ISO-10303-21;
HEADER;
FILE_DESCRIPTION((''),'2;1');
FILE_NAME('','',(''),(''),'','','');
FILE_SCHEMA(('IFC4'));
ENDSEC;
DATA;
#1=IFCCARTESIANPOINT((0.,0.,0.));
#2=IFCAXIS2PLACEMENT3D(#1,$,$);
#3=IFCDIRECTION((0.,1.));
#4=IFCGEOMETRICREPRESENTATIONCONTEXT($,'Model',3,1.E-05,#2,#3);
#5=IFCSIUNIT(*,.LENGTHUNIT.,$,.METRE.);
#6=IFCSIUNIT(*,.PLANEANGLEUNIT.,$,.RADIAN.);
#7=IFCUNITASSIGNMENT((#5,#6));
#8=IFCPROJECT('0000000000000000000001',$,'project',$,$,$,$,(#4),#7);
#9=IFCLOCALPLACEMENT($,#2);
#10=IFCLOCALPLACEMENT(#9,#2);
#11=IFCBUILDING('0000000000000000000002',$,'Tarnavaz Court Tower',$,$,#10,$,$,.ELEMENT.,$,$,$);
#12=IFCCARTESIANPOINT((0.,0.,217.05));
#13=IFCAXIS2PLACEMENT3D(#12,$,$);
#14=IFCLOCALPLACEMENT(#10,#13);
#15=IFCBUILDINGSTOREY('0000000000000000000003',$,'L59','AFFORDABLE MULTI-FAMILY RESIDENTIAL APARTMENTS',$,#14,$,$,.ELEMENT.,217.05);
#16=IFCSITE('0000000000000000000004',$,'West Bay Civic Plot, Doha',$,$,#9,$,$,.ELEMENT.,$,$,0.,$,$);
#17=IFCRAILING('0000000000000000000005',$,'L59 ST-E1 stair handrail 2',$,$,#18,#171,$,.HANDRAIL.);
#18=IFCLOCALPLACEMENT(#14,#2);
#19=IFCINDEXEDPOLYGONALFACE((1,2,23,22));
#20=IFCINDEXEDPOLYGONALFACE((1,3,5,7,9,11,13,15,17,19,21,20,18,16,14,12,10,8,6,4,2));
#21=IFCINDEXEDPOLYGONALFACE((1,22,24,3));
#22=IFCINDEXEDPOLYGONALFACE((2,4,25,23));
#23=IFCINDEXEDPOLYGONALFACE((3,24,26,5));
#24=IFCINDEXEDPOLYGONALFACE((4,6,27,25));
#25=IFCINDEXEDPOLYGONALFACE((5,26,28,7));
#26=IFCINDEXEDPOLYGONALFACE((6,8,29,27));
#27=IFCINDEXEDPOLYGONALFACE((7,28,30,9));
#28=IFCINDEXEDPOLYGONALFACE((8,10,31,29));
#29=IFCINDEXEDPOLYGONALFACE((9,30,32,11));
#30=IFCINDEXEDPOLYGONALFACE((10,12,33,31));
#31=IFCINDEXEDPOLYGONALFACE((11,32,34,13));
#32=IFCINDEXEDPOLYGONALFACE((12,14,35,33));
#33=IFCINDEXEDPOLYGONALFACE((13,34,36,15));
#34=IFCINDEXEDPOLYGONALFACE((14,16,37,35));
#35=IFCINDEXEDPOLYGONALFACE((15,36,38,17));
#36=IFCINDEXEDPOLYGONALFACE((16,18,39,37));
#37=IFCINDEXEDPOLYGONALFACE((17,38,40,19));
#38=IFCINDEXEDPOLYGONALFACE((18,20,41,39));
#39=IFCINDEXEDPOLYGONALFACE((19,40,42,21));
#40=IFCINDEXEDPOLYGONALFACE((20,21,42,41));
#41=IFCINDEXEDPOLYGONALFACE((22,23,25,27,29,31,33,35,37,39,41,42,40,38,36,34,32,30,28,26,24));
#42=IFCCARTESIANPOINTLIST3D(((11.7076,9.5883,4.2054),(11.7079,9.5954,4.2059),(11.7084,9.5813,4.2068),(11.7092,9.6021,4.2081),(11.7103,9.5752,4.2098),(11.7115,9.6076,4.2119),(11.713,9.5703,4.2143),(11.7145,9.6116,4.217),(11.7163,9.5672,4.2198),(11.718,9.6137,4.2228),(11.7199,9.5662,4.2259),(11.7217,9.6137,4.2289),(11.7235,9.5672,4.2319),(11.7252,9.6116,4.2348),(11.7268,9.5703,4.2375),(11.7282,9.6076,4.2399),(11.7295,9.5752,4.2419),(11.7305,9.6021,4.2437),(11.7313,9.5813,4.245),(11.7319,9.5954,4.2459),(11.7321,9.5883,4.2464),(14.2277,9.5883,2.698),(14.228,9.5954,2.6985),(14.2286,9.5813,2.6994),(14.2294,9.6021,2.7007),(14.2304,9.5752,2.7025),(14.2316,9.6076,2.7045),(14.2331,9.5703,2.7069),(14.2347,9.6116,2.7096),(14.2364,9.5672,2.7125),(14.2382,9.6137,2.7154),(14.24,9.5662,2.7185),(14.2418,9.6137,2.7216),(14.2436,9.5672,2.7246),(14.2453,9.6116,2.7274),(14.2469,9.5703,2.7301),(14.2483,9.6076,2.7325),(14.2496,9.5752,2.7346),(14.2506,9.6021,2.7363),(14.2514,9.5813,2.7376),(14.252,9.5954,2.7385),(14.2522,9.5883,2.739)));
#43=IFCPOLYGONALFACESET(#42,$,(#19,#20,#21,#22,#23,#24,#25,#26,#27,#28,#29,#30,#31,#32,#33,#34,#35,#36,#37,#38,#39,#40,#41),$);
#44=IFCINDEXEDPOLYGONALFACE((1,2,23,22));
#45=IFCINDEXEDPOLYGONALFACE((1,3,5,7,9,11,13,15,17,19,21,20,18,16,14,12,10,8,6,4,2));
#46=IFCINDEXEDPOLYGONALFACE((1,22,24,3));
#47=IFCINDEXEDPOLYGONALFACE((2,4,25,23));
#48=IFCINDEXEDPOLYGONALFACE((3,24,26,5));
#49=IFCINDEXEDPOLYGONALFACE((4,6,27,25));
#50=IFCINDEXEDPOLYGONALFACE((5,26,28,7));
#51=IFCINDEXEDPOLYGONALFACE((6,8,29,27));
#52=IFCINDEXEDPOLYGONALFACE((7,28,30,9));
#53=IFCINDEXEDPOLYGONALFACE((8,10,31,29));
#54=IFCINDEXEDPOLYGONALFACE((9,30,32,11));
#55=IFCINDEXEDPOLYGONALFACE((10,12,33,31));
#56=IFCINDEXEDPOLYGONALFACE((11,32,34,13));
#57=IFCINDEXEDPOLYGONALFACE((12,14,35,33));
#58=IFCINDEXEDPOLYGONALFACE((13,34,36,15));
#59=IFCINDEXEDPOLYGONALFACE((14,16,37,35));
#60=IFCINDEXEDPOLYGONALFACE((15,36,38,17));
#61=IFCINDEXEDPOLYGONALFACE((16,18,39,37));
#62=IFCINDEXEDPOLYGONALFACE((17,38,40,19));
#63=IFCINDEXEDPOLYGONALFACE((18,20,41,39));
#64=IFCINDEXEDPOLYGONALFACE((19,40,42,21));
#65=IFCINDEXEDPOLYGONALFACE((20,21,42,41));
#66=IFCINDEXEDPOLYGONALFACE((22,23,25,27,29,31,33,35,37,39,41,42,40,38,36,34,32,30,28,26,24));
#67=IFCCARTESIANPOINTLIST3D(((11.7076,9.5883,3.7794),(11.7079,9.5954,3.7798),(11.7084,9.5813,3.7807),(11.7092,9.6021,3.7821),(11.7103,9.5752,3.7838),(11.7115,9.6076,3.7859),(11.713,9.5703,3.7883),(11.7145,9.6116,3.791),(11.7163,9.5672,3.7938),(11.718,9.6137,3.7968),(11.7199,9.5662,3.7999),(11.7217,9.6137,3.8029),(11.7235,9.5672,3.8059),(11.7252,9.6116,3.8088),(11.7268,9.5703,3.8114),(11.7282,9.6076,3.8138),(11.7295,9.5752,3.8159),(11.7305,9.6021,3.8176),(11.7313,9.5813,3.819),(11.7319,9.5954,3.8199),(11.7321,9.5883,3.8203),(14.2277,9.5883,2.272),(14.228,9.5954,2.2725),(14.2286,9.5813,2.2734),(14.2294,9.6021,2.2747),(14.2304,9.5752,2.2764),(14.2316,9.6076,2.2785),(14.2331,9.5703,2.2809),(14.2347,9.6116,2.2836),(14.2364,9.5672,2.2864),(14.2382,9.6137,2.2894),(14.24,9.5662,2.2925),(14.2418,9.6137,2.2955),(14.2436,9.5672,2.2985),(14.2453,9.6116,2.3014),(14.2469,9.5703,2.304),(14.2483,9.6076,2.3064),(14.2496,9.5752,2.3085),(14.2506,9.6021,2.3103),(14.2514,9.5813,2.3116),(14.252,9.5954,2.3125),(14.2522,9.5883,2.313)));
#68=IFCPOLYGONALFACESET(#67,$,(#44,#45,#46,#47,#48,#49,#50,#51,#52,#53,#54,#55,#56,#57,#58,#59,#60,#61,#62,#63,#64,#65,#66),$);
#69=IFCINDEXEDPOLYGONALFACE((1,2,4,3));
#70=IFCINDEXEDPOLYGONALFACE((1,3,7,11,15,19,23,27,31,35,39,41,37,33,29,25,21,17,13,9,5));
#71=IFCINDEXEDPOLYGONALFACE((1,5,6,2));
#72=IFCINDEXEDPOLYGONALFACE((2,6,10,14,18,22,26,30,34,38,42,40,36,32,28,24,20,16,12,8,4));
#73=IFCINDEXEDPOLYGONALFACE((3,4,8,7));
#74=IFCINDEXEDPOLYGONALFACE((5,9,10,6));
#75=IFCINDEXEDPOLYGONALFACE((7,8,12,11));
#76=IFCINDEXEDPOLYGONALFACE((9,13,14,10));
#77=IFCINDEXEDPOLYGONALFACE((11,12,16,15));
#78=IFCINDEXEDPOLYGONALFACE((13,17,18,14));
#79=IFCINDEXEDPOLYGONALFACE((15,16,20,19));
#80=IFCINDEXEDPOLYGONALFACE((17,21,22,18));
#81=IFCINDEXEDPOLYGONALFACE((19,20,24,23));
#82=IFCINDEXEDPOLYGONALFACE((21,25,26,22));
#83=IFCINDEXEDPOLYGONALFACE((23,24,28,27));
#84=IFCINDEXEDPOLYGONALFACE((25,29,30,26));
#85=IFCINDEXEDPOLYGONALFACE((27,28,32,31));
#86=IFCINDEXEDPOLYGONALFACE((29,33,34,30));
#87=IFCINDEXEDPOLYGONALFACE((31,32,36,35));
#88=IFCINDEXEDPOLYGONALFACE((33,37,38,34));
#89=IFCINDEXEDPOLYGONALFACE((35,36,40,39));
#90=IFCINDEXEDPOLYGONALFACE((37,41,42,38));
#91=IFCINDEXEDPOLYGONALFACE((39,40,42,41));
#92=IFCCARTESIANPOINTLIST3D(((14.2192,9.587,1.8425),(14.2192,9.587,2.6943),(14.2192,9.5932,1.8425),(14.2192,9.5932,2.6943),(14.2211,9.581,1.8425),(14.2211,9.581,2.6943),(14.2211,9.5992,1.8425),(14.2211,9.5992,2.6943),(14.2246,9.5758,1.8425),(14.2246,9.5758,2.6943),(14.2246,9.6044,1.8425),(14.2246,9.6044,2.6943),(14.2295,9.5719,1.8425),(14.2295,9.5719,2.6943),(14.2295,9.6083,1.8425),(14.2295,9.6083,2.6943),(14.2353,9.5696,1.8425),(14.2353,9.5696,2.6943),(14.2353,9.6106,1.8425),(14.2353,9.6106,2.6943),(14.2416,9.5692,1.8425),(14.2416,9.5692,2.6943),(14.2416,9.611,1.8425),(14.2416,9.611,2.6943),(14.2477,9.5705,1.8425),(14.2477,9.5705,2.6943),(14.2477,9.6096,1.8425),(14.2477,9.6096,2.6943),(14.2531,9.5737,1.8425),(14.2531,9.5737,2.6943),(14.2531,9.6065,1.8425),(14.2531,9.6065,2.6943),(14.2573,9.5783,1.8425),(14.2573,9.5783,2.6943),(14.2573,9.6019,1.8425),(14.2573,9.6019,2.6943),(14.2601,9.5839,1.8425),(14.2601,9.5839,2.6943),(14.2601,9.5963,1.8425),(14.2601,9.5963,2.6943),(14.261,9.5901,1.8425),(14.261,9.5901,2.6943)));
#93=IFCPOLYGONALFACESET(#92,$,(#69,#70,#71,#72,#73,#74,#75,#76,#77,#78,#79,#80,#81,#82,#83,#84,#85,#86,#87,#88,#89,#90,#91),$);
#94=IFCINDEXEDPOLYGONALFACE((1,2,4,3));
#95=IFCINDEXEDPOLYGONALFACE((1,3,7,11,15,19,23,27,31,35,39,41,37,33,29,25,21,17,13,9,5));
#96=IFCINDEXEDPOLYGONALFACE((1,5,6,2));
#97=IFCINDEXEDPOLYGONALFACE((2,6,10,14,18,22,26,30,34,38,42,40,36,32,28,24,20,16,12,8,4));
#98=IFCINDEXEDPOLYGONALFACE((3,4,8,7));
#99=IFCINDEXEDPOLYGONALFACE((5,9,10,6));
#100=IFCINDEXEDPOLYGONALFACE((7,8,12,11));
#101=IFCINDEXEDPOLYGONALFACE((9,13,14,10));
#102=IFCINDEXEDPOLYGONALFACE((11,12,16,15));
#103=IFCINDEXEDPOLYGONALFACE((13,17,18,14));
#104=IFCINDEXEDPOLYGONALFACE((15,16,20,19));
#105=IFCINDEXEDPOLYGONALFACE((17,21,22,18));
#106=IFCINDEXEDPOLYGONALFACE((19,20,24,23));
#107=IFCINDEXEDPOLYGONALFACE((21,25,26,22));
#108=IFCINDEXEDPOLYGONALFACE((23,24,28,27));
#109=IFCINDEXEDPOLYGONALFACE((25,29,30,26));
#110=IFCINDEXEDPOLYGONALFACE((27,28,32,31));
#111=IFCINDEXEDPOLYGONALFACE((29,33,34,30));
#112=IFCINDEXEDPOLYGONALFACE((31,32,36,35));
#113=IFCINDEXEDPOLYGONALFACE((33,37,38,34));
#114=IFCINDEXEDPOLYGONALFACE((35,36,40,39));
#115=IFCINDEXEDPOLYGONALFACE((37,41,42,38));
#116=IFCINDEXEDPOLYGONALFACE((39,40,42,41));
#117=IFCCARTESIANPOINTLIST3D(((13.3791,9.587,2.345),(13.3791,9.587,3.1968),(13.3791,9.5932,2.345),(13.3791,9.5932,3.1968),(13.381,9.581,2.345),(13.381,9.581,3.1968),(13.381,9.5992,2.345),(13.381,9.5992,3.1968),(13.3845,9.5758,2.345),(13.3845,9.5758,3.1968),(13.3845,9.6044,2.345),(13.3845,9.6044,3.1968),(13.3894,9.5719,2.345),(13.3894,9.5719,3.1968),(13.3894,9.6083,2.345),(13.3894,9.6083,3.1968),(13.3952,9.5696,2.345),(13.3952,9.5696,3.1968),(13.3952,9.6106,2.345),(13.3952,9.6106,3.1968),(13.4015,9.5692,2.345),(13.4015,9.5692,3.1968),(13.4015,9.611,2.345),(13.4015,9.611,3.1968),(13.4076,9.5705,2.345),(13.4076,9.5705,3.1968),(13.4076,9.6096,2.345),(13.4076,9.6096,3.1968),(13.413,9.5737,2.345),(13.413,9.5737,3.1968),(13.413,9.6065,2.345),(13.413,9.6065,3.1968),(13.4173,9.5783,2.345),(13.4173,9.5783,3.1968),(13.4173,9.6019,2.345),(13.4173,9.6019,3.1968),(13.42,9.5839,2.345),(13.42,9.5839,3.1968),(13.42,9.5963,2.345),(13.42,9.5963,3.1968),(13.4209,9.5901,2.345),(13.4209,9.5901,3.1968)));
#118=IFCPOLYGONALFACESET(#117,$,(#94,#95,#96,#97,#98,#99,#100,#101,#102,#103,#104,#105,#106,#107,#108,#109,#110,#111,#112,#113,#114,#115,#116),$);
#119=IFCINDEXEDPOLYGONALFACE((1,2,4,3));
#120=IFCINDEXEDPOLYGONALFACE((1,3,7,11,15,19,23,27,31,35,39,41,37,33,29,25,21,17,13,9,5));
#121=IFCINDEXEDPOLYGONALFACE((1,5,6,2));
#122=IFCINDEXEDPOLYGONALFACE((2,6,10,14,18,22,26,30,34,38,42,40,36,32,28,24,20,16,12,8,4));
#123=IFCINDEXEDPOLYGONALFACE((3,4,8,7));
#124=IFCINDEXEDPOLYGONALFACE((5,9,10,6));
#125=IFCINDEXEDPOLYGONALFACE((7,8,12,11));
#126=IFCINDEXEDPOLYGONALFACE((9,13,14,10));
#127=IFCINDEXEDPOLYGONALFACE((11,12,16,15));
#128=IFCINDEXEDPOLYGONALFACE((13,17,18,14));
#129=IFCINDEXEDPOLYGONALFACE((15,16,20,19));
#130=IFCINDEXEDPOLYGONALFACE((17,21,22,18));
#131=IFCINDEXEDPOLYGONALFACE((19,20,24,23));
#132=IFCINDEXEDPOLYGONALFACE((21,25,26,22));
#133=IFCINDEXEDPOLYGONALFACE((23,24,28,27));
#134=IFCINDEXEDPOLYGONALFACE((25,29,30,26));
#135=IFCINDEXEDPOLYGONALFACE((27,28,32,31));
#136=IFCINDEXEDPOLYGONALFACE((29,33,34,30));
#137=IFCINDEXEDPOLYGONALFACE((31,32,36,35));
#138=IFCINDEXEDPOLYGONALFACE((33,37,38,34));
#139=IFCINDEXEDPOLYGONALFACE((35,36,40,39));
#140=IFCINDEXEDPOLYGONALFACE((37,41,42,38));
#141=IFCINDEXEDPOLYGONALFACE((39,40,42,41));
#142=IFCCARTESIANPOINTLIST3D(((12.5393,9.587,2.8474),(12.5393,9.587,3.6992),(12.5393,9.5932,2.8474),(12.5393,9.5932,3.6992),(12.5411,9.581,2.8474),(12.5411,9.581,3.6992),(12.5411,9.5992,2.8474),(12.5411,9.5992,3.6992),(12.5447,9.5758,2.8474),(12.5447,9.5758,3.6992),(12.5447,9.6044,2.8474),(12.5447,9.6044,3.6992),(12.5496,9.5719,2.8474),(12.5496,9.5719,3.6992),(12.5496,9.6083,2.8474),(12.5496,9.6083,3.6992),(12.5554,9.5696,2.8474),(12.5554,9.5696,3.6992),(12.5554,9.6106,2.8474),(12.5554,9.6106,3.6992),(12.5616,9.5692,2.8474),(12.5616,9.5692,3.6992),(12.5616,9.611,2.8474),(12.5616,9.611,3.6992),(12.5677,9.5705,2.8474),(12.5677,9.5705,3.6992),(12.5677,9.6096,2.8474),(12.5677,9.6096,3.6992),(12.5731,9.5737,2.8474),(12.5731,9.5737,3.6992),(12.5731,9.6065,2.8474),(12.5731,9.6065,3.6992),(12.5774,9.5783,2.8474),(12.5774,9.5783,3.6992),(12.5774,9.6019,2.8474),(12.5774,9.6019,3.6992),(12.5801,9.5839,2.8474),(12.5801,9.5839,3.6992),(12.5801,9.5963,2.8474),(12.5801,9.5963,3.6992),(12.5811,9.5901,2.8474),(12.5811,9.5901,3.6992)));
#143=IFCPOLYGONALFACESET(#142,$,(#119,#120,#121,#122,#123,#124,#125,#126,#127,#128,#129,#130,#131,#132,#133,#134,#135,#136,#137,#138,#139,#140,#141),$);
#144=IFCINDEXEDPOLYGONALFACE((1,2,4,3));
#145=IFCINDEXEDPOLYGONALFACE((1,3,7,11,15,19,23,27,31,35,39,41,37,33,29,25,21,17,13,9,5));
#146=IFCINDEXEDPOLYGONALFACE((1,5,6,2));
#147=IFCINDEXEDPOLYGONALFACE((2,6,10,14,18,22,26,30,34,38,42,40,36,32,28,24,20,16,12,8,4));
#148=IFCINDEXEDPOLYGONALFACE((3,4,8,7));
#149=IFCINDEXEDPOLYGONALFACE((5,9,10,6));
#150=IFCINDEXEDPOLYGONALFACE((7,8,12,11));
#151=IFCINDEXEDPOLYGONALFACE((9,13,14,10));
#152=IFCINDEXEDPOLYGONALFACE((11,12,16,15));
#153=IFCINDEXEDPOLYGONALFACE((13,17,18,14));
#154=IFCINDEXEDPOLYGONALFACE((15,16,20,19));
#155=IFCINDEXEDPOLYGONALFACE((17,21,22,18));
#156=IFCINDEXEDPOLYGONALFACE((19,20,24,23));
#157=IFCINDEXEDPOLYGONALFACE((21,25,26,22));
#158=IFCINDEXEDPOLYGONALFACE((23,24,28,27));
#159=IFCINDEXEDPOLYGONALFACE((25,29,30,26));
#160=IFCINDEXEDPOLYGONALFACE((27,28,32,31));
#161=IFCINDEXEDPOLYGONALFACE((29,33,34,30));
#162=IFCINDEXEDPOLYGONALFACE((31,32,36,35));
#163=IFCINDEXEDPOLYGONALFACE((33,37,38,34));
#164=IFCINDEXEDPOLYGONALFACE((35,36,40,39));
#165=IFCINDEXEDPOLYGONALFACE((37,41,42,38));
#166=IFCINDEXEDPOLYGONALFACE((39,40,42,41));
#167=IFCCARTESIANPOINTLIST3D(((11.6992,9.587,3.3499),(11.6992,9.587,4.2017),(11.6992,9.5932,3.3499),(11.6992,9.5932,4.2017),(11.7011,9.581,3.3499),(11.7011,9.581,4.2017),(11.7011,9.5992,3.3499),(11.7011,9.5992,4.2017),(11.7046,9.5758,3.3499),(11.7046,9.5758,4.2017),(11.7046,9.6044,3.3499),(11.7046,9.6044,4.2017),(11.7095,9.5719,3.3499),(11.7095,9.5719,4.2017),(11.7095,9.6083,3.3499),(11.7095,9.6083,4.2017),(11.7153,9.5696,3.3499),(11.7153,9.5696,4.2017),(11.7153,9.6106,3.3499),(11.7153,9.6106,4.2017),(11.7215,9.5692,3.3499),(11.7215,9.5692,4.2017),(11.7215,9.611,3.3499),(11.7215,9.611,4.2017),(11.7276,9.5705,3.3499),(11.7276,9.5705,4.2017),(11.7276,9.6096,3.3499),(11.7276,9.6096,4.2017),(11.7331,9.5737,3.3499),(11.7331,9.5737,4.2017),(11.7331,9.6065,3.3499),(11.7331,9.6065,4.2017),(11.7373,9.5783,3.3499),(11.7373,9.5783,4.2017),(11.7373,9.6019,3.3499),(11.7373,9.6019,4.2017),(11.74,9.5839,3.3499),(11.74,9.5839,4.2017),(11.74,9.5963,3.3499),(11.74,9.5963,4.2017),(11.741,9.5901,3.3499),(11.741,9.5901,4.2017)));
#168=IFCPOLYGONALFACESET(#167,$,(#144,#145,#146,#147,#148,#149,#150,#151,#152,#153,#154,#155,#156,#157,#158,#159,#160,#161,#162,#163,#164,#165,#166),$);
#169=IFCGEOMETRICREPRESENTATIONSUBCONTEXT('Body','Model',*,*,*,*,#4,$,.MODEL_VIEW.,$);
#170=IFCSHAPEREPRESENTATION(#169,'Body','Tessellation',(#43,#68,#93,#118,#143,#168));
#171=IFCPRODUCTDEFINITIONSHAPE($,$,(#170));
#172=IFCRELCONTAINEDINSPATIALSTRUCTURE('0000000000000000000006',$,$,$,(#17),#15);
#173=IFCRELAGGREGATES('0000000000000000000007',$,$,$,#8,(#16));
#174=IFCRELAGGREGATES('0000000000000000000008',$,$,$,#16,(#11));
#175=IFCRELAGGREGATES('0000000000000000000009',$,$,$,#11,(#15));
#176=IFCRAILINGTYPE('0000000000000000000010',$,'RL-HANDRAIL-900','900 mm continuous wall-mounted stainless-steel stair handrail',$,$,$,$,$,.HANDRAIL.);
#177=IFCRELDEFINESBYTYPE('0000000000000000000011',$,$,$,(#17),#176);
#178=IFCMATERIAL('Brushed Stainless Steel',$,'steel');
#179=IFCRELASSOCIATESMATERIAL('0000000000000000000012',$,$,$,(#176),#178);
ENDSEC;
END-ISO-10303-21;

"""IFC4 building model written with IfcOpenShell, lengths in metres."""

from ifc_helpers import new_model, si_unit, direction, frame, origin, origin_2d, place, context, subcontext, project, spatial, circle, extrude, material, type_object, element, save


model = new_model("IFC4")

# Units and contexts
model_context = context("Model", 3, precision=1e-05, world=origin(), true_north=direction((0.0, 1.0)))
body_context = subcontext(model_context, "Body", "Model", "MODEL_VIEW")
ifc_project = project(units=[si_unit("LENGTHUNIT", "METRE"), si_unit("PLANEANGLEUNIT", "RADIAN")], contexts=[model_context])

# Site, building, storey
site_placement = place(None, origin())
site = spatial("IfcSite", under=ifc_project, at=site_placement, Name="West Bay Civic Plot, Doha", CompositionType="ELEMENT", RefElevation=0.0)
building_placement = place(site_placement, origin())
building = spatial("IfcBuilding", under=site, at=building_placement, Name="Tarnavaz Court Tower", CompositionType="ELEMENT")
storey_placement = place(building_placement, frame((0.0, 0.0, 217.05)))
storey = spatial("IfcBuildingStorey", under=building, at=storey_placement, Name="L59", Description="AFFORDABLE MULTI-FAMILY RESIDENTIAL APARTMENTS", CompositionType="ELEMENT", Elevation=217.05)

# Railing
ifc_material_1 = material(Name="Brushed Stainless Steel", Category="steel")
railing_type_1 = type_object("IfcRailingType", Name="RL-HANDRAIL-900", Description="900 mm continuous wall-mounted stainless-steel stair handrail", PredefinedType="HANDRAIL", material=ifc_material_1)
railing_1_placement = place(storey_placement, frame((14.24, 9.5901, 1.8425)))
element("IfcRailing", 1, at=railing_1_placement, inside=storey, type_object=railing_type_1, Name="L59 ST-E1 stair handrail 2", PredefinedType="HANDRAIL", context=body_context, shape_type="SweptSolid", body=[
    extrude(circle(Radius=0.0239, at=origin_2d()), frame((0.0, 0.0, 0.876), z_axis=(-0.858196, 0.0, 0.513321), x_axis=(0.0, -1.0, 0.0)), (0.0, 0.0, 1.0), 2.9365),
    extrude(circle(Radius=0.0239, at=origin_2d()), frame((0.0, 0.0, 0.45), z_axis=(-0.858196, 0.0, 0.513321), x_axis=(0.0, -1.0, 0.0)), (0.0, 0.0, 1.0), 2.9365),
    extrude(circle(Radius=0.021, at=origin_2d()), origin(), (0.0, 0.0, 1.0), 0.8518),
    extrude(circle(Radius=0.021, at=origin_2d()), frame((-0.8401, 0.0, 0.5024)), (0.0, 0.0, 1.0), 0.8518),
    extrude(circle(Radius=0.021, at=origin_2d()), frame((-1.6799, 0.0, 1.0049)), (0.0, 0.0, 1.0), 0.8518),
    extrude(circle(Radius=0.021, at=origin_2d()), frame((-2.52, 0.0, 1.5073)), (0.0, 0.0, 1.0), 0.8518),
])

save(model, "model.ifc")
